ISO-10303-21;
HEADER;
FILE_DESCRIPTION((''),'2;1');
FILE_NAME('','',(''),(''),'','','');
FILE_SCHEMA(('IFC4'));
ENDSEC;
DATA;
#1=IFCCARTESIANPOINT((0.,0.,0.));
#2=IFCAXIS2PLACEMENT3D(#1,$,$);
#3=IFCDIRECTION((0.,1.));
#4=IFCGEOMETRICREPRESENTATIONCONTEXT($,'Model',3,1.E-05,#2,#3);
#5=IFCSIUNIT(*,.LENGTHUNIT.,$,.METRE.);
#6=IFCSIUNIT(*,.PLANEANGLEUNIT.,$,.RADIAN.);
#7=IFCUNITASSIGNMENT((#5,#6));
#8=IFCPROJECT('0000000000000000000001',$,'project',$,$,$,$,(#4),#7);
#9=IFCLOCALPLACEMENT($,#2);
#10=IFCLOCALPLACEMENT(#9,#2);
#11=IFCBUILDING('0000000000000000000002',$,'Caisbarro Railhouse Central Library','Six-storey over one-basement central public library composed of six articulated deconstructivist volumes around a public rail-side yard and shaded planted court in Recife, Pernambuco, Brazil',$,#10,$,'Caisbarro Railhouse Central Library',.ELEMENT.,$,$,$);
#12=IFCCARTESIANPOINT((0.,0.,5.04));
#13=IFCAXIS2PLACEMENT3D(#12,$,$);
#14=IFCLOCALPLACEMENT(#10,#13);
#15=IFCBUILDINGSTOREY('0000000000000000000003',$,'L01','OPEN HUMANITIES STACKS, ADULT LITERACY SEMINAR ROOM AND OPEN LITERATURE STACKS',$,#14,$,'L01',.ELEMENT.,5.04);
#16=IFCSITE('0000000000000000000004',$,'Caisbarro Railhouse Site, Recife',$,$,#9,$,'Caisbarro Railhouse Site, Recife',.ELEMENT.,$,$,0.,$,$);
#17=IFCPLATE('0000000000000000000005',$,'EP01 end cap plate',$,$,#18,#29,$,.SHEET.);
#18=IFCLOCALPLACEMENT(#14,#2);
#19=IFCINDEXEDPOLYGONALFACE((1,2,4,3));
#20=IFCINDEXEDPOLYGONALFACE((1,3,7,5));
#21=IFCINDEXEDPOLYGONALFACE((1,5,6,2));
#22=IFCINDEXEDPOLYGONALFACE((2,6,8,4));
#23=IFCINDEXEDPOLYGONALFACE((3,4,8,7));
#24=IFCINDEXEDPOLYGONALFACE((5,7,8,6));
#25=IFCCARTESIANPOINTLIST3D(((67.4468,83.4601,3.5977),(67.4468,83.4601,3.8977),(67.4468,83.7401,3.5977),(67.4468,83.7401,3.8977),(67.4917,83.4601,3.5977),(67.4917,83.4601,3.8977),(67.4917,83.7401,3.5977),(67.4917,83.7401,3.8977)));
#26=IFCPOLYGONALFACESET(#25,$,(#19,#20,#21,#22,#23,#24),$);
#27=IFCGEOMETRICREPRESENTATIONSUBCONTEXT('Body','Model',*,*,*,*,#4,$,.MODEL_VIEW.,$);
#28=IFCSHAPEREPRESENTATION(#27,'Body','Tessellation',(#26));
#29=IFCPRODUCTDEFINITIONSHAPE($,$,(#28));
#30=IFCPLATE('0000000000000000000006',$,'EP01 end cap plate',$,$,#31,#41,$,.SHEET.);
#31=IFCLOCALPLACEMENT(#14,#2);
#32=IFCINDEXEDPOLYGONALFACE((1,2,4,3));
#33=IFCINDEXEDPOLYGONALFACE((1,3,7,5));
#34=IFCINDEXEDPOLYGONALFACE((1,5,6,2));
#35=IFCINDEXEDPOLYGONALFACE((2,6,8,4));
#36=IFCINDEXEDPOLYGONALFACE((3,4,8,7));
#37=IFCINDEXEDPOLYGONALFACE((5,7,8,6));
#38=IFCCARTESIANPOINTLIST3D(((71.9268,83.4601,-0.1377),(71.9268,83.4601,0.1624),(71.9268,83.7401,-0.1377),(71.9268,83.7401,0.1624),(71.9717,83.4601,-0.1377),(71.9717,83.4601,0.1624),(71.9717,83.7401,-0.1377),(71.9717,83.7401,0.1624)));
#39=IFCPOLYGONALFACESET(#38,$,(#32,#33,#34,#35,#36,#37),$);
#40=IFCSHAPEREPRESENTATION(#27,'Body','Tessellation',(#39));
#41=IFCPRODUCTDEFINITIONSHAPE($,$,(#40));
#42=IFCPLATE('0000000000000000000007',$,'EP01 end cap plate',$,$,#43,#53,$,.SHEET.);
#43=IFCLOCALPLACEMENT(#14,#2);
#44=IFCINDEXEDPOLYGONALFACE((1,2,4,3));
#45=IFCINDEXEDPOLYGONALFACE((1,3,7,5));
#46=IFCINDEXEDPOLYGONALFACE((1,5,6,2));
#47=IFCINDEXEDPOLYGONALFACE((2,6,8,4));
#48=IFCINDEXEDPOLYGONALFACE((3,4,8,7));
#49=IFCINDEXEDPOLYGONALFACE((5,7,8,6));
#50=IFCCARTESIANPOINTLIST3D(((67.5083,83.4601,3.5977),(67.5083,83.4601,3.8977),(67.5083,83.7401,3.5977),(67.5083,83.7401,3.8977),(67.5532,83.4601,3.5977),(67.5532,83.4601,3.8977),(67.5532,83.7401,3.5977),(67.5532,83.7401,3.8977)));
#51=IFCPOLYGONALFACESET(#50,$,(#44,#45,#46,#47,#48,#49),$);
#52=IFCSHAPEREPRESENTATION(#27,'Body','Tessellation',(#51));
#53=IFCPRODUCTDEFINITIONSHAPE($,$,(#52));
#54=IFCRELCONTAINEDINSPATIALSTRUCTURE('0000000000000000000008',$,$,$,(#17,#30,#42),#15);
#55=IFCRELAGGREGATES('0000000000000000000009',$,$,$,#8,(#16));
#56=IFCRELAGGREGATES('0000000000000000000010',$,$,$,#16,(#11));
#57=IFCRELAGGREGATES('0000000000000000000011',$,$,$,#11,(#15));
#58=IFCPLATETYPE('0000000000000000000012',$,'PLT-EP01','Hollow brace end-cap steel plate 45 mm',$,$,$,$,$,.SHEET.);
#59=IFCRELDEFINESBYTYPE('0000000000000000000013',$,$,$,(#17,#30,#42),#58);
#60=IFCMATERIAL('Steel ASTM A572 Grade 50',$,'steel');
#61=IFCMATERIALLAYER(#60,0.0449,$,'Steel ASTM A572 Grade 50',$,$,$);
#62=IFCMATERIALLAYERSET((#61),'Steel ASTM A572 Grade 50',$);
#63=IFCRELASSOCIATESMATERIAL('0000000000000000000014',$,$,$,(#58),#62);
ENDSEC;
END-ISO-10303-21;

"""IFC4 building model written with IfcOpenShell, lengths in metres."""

from ifc_helpers import new_model, si_unit, direction, frame, origin, origin_2d, place, context, subcontext, project, spatial, rectangle, extrude, material, layer, layer_set, type_object, element, save


model = new_model("IFC4")

# Units and contexts
model_context = context("Model", 3, precision=1e-05, world=origin(), true_north=direction((0.0, 1.0)))
body_context = subcontext(model_context, "Body", "Model", "MODEL_VIEW")
ifc_project = project(units=[si_unit("LENGTHUNIT", "METRE"), si_unit("PLANEANGLEUNIT", "RADIAN")], contexts=[model_context])

# Site, building, storey
site_placement = place(None, origin())
site = spatial("IfcSite", under=ifc_project, at=site_placement, Name="Caisbarro Railhouse Site, Recife", LongName="Caisbarro Railhouse Site, Recife", CompositionType="ELEMENT", RefElevation=0.0)
building_placement = place(site_placement, origin())
building = spatial("IfcBuilding", under=site, at=building_placement, Name="Caisbarro Railhouse Central Library", Description="Six-storey over one-basement central public library composed of six articulated deconstructivist volumes around a public rail-side yard and shaded planted court in Recife, Pernambuco, Brazil", LongName="Caisbarro Railhouse Central Library", CompositionType="ELEMENT")
storey_placement = place(building_placement, frame((0.0, 0.0, 5.04)))
storey = spatial("IfcBuildingStorey", under=building, at=storey_placement, Name="L01", Description="OPEN HUMANITIES STACKS, ADULT LITERACY SEMINAR ROOM AND OPEN LITERATURE STACKS", LongName="L01", CompositionType="ELEMENT", Elevation=5.04)

# Shared definitions
ifc_material_1 = material(Name="Steel ASTM A572 Grade 50", Category="steel")

# Plates
ifc_layer_1 = layer(ifc_material_1, 0.0449, Name="Steel ASTM A572 Grade 50")
ifc_layer_set_1 = layer_set([ifc_layer_1], Name="Steel ASTM A572 Grade 50")
plate_type_1 = type_object("IfcPlateType", Name="PLT-EP01", Description="Hollow brace end-cap steel plate 45 mm", PredefinedType="SHEET", material=ifc_layer_set_1)
for number, where, z_axis, x_axis, name in (
    (1, (67.4692, 83.6001, 3.5977), (0.0, 0.0, 1.0), (1.0, 0.0, 0.0), "EP01 end cap plate"),
    (2, (71.9492, 83.6001, -0.1377), (0.0, 0.0, 1.0), (-1.0, 0.0, 0.0), "EP01 end cap plate"),
    (3, (67.5308, 83.6001, 3.5977), (0.0, 0.0, 1.0), (-1.0, 0.0, 0.0), "EP01 end cap plate"),
):
    element("IfcPlate", number, at=place(storey_placement, frame(where, z_axis=z_axis, x_axis=x_axis)), inside=storey, type_object=plate_type_1, Name=name, PredefinedType="SHEET", context=body_context, shape_type="SweptSolid", body=[
        extrude(rectangle(XDim=0.0449, YDim=0.28, at=origin_2d()), origin(), (0.0, 0.0, 1.0), 0.3),
    ])

save(model, "model.ifc")
